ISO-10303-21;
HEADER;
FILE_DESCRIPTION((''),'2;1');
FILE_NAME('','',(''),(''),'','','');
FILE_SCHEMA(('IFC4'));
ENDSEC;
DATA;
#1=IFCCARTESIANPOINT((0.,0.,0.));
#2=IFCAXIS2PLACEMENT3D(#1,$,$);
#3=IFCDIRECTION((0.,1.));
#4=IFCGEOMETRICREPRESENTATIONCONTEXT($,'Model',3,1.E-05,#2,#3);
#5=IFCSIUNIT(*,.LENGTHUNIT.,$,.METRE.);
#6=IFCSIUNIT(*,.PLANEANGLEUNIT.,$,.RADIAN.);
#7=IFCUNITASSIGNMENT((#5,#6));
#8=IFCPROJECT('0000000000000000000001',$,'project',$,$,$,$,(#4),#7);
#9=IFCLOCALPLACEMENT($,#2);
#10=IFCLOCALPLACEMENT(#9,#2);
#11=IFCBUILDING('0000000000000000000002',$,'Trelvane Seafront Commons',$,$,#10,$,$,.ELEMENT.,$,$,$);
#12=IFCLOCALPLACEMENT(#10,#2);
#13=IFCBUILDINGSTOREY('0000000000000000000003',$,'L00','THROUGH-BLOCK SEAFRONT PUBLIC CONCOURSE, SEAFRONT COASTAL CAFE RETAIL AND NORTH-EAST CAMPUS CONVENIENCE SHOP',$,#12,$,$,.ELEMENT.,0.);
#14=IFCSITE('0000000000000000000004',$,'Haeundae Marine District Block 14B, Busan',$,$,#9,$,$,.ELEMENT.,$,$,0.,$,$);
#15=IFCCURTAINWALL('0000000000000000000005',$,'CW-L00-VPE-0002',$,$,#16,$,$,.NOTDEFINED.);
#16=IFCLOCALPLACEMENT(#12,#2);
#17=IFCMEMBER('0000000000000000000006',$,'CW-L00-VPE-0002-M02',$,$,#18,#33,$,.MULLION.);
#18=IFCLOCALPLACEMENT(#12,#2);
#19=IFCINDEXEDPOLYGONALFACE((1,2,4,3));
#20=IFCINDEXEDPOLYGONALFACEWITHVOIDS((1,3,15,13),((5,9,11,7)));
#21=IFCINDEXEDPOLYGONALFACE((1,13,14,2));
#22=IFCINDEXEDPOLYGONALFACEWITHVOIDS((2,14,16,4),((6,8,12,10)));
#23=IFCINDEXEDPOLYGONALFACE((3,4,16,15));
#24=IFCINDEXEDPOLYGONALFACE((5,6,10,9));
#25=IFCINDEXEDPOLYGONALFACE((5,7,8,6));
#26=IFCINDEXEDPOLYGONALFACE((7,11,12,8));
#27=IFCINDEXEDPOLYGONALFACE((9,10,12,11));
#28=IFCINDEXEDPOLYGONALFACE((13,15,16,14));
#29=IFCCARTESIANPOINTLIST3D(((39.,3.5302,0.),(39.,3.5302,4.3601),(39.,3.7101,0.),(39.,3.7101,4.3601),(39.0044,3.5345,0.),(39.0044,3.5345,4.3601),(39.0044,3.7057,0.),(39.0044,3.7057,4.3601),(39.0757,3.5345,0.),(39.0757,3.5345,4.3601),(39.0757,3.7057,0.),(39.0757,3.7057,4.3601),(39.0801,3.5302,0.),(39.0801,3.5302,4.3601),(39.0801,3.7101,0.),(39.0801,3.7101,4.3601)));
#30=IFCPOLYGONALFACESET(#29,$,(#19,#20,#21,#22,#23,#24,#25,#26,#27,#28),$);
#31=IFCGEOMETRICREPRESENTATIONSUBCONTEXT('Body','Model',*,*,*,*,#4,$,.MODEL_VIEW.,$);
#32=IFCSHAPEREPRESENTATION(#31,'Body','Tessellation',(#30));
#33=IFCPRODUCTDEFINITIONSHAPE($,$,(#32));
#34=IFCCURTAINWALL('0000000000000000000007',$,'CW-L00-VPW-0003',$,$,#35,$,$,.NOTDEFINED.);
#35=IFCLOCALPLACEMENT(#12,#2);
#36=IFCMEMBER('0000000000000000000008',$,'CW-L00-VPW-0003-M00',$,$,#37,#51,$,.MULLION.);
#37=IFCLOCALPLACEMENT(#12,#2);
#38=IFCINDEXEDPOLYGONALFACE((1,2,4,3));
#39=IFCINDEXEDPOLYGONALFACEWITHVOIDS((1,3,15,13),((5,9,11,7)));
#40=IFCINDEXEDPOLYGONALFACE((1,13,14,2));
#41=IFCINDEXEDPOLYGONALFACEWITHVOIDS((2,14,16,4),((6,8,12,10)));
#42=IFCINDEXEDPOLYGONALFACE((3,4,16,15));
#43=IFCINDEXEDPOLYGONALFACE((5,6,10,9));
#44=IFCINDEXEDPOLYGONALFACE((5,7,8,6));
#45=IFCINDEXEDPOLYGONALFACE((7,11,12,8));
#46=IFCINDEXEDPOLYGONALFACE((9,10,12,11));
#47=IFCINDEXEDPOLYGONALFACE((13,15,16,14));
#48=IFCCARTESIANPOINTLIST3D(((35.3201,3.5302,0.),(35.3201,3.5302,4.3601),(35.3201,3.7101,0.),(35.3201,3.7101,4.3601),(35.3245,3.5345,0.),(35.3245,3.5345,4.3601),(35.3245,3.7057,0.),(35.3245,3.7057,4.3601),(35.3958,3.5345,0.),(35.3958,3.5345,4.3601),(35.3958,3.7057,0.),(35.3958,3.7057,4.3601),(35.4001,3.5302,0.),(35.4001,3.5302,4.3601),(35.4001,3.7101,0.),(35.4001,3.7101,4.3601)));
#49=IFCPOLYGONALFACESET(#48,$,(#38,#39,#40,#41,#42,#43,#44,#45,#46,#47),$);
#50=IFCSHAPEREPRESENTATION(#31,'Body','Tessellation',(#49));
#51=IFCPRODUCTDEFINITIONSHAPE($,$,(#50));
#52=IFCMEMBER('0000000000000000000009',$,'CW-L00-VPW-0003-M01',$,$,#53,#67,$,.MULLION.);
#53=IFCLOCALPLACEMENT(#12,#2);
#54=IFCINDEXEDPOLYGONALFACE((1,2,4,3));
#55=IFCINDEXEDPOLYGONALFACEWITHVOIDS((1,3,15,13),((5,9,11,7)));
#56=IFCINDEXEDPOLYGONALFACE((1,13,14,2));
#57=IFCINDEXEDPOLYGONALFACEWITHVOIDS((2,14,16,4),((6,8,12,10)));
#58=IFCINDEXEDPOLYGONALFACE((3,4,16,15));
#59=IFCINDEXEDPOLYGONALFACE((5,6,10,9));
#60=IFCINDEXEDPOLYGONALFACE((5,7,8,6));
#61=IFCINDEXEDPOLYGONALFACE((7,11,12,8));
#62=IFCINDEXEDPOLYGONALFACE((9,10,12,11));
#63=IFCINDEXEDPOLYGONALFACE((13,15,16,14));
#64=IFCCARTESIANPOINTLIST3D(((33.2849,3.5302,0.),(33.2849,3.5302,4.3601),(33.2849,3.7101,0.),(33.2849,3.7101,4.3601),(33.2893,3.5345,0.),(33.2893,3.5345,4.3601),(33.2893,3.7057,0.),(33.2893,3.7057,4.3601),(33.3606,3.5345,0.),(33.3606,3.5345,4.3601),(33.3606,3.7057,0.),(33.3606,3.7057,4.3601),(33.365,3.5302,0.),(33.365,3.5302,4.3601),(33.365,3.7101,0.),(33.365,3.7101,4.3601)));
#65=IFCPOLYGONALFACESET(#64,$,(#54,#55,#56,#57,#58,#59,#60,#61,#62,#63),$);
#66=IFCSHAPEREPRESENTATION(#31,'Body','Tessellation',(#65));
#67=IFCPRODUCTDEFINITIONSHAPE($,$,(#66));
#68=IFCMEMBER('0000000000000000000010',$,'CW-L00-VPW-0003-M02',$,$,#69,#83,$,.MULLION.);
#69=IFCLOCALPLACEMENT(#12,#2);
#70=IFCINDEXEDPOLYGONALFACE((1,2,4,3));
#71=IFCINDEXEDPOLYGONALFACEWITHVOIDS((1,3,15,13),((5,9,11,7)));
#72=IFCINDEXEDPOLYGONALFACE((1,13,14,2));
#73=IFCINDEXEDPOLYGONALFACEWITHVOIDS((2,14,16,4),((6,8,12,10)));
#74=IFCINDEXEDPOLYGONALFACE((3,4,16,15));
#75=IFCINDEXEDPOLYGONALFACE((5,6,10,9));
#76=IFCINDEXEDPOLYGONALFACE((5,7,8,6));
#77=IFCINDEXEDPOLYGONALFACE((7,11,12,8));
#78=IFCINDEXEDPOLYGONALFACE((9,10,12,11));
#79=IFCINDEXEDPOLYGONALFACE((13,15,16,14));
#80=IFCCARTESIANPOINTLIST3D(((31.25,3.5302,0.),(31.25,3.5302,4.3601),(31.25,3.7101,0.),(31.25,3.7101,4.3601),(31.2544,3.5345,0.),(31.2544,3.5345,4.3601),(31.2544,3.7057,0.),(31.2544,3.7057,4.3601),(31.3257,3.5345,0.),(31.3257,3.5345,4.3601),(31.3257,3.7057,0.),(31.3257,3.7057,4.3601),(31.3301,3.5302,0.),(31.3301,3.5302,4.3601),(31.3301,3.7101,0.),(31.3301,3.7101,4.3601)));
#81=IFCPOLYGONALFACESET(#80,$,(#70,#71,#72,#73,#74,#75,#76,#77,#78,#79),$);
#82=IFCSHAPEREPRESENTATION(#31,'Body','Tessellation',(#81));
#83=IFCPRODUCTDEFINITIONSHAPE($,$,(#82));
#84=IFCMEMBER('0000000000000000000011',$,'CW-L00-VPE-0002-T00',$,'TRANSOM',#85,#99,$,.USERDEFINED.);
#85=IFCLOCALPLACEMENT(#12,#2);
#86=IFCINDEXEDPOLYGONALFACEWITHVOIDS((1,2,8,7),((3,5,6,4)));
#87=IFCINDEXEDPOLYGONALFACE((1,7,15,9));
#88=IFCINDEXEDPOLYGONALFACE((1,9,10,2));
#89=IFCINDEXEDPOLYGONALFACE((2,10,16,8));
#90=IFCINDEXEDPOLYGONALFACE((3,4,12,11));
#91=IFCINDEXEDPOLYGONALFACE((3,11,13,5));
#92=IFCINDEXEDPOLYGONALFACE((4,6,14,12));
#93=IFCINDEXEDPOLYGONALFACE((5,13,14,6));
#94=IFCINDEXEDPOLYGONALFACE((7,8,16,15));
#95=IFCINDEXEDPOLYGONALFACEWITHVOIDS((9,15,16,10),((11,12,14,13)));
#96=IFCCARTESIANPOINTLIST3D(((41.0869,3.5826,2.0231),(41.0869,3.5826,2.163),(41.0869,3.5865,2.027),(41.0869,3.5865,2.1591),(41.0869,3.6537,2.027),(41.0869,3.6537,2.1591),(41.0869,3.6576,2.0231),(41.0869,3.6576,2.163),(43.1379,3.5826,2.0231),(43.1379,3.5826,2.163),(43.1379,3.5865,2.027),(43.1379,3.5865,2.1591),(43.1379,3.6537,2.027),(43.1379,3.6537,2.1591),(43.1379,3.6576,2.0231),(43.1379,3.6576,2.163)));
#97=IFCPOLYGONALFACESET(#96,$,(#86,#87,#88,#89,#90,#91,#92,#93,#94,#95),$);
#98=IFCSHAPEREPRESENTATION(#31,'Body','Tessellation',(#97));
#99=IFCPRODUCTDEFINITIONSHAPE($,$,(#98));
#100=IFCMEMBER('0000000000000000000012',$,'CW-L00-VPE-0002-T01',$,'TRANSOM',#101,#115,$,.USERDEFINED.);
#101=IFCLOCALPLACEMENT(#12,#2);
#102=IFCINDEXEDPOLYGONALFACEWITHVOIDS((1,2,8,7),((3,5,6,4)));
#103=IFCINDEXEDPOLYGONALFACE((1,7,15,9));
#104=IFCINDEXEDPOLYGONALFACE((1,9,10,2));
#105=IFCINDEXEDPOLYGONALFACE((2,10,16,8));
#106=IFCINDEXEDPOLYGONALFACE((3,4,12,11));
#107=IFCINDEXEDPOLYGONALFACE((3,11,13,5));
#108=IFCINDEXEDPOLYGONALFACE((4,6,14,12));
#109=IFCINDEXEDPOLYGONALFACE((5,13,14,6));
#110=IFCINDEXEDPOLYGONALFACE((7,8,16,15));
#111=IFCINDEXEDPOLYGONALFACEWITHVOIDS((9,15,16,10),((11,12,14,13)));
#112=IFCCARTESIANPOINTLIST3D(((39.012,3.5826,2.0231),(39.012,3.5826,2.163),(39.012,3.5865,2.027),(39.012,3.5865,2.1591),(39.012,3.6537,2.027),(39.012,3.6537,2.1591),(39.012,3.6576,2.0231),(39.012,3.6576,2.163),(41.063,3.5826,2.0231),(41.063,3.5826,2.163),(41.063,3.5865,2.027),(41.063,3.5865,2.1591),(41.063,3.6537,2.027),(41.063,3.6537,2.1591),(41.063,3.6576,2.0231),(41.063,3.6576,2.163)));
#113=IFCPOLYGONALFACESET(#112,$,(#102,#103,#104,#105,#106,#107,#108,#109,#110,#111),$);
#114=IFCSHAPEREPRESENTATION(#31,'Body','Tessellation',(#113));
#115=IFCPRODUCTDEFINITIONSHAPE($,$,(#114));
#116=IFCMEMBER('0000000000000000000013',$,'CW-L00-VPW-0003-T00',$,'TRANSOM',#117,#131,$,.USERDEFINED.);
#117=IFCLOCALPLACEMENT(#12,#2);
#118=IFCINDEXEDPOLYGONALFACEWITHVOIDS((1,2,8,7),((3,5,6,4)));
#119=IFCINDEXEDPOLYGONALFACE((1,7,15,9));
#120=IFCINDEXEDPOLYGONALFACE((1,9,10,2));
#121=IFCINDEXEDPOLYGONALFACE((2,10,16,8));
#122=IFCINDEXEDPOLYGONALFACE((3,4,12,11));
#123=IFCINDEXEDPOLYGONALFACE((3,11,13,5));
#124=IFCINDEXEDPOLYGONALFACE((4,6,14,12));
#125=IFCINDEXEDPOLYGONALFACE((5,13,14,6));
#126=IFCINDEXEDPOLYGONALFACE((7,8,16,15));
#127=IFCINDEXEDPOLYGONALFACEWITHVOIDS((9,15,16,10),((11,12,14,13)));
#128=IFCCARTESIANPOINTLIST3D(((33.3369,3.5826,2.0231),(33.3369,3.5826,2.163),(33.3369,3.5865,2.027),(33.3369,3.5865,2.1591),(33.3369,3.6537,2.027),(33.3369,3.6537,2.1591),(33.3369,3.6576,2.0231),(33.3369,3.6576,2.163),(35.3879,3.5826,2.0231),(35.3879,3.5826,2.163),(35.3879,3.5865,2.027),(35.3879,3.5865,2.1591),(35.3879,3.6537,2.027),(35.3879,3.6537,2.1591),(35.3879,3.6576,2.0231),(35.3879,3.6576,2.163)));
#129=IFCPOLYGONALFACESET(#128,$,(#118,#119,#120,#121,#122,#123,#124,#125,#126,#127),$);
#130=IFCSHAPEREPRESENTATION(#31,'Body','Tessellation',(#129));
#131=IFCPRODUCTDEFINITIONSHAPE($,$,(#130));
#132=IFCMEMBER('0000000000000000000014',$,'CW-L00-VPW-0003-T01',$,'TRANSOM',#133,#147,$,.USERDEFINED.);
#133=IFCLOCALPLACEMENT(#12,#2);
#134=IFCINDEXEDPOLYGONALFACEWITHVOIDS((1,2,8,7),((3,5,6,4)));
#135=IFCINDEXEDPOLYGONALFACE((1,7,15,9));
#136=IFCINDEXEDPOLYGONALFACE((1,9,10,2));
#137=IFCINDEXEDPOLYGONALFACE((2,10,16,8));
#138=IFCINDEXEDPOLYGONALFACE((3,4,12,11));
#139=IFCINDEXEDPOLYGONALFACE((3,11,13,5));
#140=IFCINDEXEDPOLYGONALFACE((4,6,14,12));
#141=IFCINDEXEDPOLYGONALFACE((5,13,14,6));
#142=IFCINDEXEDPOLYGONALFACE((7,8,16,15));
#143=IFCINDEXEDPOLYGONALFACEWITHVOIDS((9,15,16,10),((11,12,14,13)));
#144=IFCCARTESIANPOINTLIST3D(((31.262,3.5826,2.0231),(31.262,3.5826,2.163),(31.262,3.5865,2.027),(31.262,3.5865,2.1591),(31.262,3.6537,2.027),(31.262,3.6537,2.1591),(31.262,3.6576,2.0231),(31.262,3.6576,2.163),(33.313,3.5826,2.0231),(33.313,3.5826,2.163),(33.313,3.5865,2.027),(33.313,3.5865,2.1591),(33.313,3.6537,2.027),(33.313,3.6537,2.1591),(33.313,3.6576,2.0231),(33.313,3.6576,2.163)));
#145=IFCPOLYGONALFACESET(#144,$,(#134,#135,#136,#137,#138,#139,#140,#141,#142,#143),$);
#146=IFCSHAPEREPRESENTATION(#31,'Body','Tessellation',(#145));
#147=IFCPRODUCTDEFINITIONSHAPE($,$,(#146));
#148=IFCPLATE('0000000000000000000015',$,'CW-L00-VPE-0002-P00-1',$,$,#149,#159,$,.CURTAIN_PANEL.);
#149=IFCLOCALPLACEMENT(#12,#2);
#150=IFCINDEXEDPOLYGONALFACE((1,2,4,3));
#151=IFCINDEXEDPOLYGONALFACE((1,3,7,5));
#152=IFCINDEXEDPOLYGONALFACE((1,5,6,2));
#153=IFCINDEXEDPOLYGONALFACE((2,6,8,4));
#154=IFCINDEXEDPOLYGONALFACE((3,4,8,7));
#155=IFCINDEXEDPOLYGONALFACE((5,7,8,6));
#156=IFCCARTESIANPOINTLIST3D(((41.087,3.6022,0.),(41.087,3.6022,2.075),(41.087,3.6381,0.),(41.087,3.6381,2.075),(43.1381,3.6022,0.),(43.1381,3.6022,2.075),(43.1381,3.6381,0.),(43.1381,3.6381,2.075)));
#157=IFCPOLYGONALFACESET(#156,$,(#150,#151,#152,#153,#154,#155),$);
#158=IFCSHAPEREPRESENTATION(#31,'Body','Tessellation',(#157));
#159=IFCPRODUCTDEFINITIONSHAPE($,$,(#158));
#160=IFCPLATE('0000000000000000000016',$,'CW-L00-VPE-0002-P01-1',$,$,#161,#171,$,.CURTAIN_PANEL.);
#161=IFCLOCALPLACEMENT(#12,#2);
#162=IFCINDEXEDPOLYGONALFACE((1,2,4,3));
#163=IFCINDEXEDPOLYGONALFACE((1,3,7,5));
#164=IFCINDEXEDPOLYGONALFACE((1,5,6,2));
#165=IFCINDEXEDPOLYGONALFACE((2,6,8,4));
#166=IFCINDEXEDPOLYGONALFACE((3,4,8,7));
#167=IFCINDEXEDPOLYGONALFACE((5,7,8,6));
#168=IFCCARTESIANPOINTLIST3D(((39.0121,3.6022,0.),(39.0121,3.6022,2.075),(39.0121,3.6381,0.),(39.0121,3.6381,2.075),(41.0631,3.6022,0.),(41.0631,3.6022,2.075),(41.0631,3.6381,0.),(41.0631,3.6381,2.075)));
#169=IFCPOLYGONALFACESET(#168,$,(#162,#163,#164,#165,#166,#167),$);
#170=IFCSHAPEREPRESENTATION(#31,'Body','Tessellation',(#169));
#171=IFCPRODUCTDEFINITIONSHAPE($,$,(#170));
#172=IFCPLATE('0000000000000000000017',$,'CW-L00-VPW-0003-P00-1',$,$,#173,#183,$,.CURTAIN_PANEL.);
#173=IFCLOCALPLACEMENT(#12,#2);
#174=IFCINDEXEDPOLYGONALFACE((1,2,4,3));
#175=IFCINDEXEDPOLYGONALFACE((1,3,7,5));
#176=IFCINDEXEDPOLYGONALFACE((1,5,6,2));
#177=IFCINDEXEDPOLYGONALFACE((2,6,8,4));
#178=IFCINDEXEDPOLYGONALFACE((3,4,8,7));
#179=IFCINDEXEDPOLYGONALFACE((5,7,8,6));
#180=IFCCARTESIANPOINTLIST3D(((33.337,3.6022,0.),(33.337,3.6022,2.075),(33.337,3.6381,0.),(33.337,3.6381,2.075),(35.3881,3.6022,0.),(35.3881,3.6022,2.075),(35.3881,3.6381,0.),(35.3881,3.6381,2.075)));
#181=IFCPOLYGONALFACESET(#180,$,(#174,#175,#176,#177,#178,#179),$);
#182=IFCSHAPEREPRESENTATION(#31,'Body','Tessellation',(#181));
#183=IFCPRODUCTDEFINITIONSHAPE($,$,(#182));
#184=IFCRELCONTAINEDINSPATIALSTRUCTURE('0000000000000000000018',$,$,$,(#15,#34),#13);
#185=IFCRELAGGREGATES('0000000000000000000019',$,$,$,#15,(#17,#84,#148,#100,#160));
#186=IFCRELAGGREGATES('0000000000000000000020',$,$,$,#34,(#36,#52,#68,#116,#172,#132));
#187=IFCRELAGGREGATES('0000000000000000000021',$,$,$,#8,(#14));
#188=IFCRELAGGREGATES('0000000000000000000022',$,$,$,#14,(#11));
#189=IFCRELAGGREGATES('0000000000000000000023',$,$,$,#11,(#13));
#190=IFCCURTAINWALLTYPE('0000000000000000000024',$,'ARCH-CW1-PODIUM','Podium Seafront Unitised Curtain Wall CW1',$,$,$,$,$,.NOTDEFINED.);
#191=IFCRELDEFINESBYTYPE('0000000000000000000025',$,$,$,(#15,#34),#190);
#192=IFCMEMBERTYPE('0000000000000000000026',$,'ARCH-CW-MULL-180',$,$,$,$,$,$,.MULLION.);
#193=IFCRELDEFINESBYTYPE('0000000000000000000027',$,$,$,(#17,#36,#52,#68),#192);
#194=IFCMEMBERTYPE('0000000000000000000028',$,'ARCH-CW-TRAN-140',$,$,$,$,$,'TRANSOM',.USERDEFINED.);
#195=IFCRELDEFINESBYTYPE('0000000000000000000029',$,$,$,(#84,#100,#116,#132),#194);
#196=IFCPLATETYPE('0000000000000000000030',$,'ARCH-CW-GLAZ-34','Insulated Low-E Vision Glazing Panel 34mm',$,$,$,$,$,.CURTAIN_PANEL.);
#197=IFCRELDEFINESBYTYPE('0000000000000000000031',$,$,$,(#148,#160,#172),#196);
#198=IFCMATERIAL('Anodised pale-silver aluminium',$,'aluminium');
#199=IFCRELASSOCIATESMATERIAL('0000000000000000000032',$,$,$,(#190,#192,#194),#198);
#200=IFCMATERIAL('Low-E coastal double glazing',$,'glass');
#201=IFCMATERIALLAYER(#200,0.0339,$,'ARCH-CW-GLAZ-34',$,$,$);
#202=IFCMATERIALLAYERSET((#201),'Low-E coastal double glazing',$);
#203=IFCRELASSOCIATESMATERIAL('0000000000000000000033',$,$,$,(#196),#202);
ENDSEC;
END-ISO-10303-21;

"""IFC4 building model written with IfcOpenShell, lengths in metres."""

from ifc_helpers import new_model, si_unit, direction, frame, origin, origin_2d, place, context, subcontext, project, spatial, rectangle, hollow_rectangle, extrude, source, transform, mapped, material, layer, layer_set, material_profile, profile_set, type_object, element, aggregate, save


model = new_model("IFC4")

# Units and contexts
model_context = context("Model", 3, precision=1e-05, world=origin(), true_north=direction((0.0, 1.0)))
body_context = subcontext(model_context, "Body", "Model", "MODEL_VIEW")
ifc_project = project(units=[si_unit("LENGTHUNIT", "METRE"), si_unit("PLANEANGLEUNIT", "RADIAN")], contexts=[model_context])

# Site, building, storey
site_placement = place(None, origin())
site = spatial("IfcSite", under=ifc_project, at=site_placement, Name="Haeundae Marine District Block 14B, Busan", CompositionType="ELEMENT", RefElevation=0.0)
building_placement = place(site_placement, origin())
building = spatial("IfcBuilding", under=site, at=building_placement, Name="Trelvane Seafront Commons", CompositionType="ELEMENT")
storey_placement = place(building_placement, origin())
storey = spatial("IfcBuildingStorey", under=building, at=storey_placement, Name="L00", Description="THROUGH-BLOCK SEAFRONT PUBLIC CONCOURSE, SEAFRONT COASTAL CAFE RETAIL AND NORTH-EAST CAMPUS CONVENIENCE SHOP", CompositionType="ELEMENT", Elevation=0.0)

# Curtain walls, members
ifc_material_1 = material(Name="Anodised pale-silver aluminium", Category="aluminium")
curtain_wall_type = type_object("IfcCurtainWallType", Name="ARCH-CW1-PODIUM", Description="Podium Seafront Unitised Curtain Wall CW1", PredefinedType="NOTDEFINED", material=ifc_material_1)
curtain_wall_1_placement = place(storey_placement, origin())
curtain_wall_1 = element("IfcCurtainWall", 1, at=curtain_wall_1_placement, inside=storey, type_object=curtain_wall_type, Name="CW-L00-VPE-0002", PredefinedType="NOTDEFINED")
ifc_material_profile_1 = material_profile(ifc_material_1, hollow_rectangle(XDim=0.0801, YDim=0.1799, WallThickness=0.0044, at=origin_2d()), Name="MULL-80x180x4.5")
ifc_profile_set_1 = profile_set([ifc_material_profile_1], Name="Anodised pale-silver aluminium")
member_type_1 = type_object("IfcMemberType", Name="ARCH-CW-MULL-180", PredefinedType="MULLION", material=ifc_profile_set_1)
shared_shape_1 = source(origin(), body_context, "Body", "SweptSolid", [
    extrude(hollow_rectangle(XDim=0.0801, YDim=0.1799, WallThickness=0.0044, at=origin_2d()), origin(), (0.0, 0.0, 1.0), 4.3601),
])
member_1_placement = place(storey_placement, frame((39.04, 3.6201, 0.0), z_axis=(0.0, 0.0, 1.0), x_axis=(1.0, 0.0, 0.0)))
member_1 = element("IfcMember", 2, at=member_1_placement, type_object=member_type_1, Name="CW-L00-VPE-0002-M02", PredefinedType="MULLION", context=body_context, shape_type="MappedRepresentation", body=[
    mapped(shared_shape_1, transform((0.0, 0.0, 0.0), x_axis=(1.0, 0.0, 0.0), y_axis=(0.0, 1.0, 0.0), z_axis=(0.0, 0.0, 1.0), scale=1.0)),
])
curtain_wall_2_placement = place(storey_placement, origin())
curtain_wall_2 = element("IfcCurtainWall", 3, at=curtain_wall_2_placement, inside=storey, type_object=curtain_wall_type, Name="CW-L00-VPW-0003", PredefinedType="NOTDEFINED")
member_2_placement = place(storey_placement, frame((35.3601, 3.6201, 0.0), z_axis=(0.0, 0.0, 1.0), x_axis=(1.0, 0.0, 0.0)))
member_2 = element("IfcMember", 4, at=member_2_placement, type_object=member_type_1, Name="CW-L00-VPW-0003-M00", PredefinedType="MULLION", context=body_context, shape_type="MappedRepresentation", body=[
    mapped(shared_shape_1, transform((0.0, 0.0, 0.0), x_axis=(1.0, 0.0, 0.0), y_axis=(0.0, 1.0, 0.0), z_axis=(0.0, 0.0, 1.0), scale=1.0)),
])
member_3_placement = place(storey_placement, frame((33.325, 3.6201, 0.0), z_axis=(0.0, 0.0, 1.0), x_axis=(1.0, 0.0, 0.0)))
member_3 = element("IfcMember", 5, at=member_3_placement, type_object=member_type_1, Name="CW-L00-VPW-0003-M01", PredefinedType="MULLION", context=body_context, shape_type="MappedRepresentation", body=[
    mapped(shared_shape_1, transform((0.0, 0.0, 0.0), x_axis=(1.0, 0.0, 0.0), y_axis=(0.0, 1.0, 0.0), z_axis=(0.0, 0.0, 1.0), scale=1.0)),
])
member_4_placement = place(storey_placement, frame((31.29, 3.6201, 0.0), z_axis=(0.0, 0.0, 1.0), x_axis=(1.0, 0.0, 0.0)))
member_4 = element("IfcMember", 6, at=member_4_placement, type_object=member_type_1, Name="CW-L00-VPW-0003-M02", PredefinedType="MULLION", context=body_context, shape_type="MappedRepresentation", body=[
    mapped(shared_shape_1, transform((0.0, 0.0, 0.0), x_axis=(1.0, 0.0, 0.0), y_axis=(0.0, 1.0, 0.0), z_axis=(0.0, 0.0, 1.0), scale=1.0)),
])

# Members
ifc_material_profile_2 = material_profile(ifc_material_1, hollow_rectangle(XDim=0.075, YDim=0.1399, WallThickness=0.0039, at=origin_2d()), Name="TRAN-75x140x4")
ifc_profile_set_2 = profile_set([ifc_material_profile_2], Name="Anodised pale-silver aluminium")
member_type_2 = type_object("IfcMemberType", Name="ARCH-CW-TRAN-140", ElementType="TRANSOM", PredefinedType="USERDEFINED", material=ifc_profile_set_2)
shared_shape_2 = source(origin(), body_context, "Body", "SweptSolid", [
    extrude(hollow_rectangle(XDim=0.075, YDim=0.1399, WallThickness=0.0039, at=origin_2d()), origin(), (0.0, 0.0, 1.0), 2.051),
])
member_5_placement = place(storey_placement, frame((43.1379, 3.6201, 2.093), z_axis=(-1.0, 0.0, 0.0), x_axis=(0.0, -1.0, 0.0)))
member_5 = element("IfcMember", 7, at=member_5_placement, type_object=member_type_2, Name="CW-L00-VPE-0002-T00", ObjectType="TRANSOM", PredefinedType="USERDEFINED", context=body_context, shape_type="MappedRepresentation", body=[
    mapped(shared_shape_2, transform((0.0, 0.0, 0.0), x_axis=(1.0, 0.0, 0.0), y_axis=(0.0, 1.0, 0.0), z_axis=(0.0, 0.0, 1.0), scale=1.0)),
])
member_6_placement = place(storey_placement, frame((41.063, 3.6201, 2.093), z_axis=(-1.0, 0.0, 0.0), x_axis=(0.0, -1.0, 0.0)))
member_6 = element("IfcMember", 8, at=member_6_placement, type_object=member_type_2, Name="CW-L00-VPE-0002-T01", ObjectType="TRANSOM", PredefinedType="USERDEFINED", context=body_context, shape_type="MappedRepresentation", body=[
    mapped(shared_shape_2, transform((0.0, 0.0, 0.0), x_axis=(1.0, 0.0, 0.0), y_axis=(0.0, 1.0, 0.0), z_axis=(0.0, 0.0, 1.0), scale=1.0)),
])
member_7_placement = place(storey_placement, frame((35.3879, 3.6201, 2.093), z_axis=(-1.0, 0.0, 0.0), x_axis=(0.0, -1.0, 0.0)))
member_7 = element("IfcMember", 9, at=member_7_placement, type_object=member_type_2, Name="CW-L00-VPW-0003-T00", ObjectType="TRANSOM", PredefinedType="USERDEFINED", context=body_context, shape_type="MappedRepresentation", body=[
    mapped(shared_shape_2, transform((0.0, 0.0, 0.0), x_axis=(1.0, 0.0, 0.0), y_axis=(0.0, 1.0, 0.0), z_axis=(0.0, 0.0, 1.0), scale=1.0)),
])
member_8_placement = place(storey_placement, frame((33.313, 3.6201, 2.093), z_axis=(-1.0, 0.0, 0.0), x_axis=(0.0, -1.0, 0.0)))
member_8 = element("IfcMember", 10, at=member_8_placement, type_object=member_type_2, Name="CW-L00-VPW-0003-T01", ObjectType="TRANSOM", PredefinedType="USERDEFINED", context=body_context, shape_type="MappedRepresentation", body=[
    mapped(shared_shape_2, transform((0.0, 0.0, 0.0), x_axis=(1.0, 0.0, 0.0), y_axis=(0.0, 1.0, 0.0), z_axis=(0.0, 0.0, 1.0), scale=1.0)),
])

# Plates
ifc_material_2 = material(Name="Low-E coastal double glazing", Category="glass")
ifc_layer_1 = layer(ifc_material_2, 0.0339, Name="ARCH-CW-GLAZ-34")
ifc_layer_set_1 = layer_set([ifc_layer_1], Name="Low-E coastal double glazing")
plate_type_1 = type_object("IfcPlateType", Name="ARCH-CW-GLAZ-34", Description="Insulated Low-E Vision Glazing Panel 34mm", PredefinedType="CURTAIN_PANEL", material=ifc_layer_set_1)
shared_shape_3 = source(origin(), body_context, "Body", "SweptSolid", [
    extrude(rectangle(XDim=2.051, YDim=0.0359, at=origin_2d()), origin(), (0.0, 0.0, 1.0), 2.075),
])
plate_1_placement = place(storey_placement, frame((42.1125, 3.6201, 0.0), z_axis=(0.0, 0.0, 1.0), x_axis=(-1.0, 0.0, 0.0)))
plate_1 = element("IfcPlate", 11, at=plate_1_placement, type_object=plate_type_1, Name="CW-L00-VPE-0002-P00-1", PredefinedType="CURTAIN_PANEL", context=body_context, shape_type="MappedRepresentation", body=[
    mapped(shared_shape_3, transform((0.0, 0.0, 0.0), x_axis=(1.0, 0.0, 0.0), y_axis=(0.0, 1.0, 0.0), z_axis=(0.0, 0.0, 1.0), scale=1.0)),
])
plate_2_placement = place(storey_placement, frame((40.0376, 3.6201, 0.0), z_axis=(0.0, 0.0, 1.0), x_axis=(-1.0, 0.0, 0.0)))
plate_2 = element("IfcPlate", 12, at=plate_2_placement, type_object=plate_type_1, Name="CW-L00-VPE-0002-P01-1", PredefinedType="CURTAIN_PANEL", context=body_context, shape_type="MappedRepresentation", body=[
    mapped(shared_shape_3, transform((0.0, 0.0, 0.0), x_axis=(1.0, 0.0, 0.0), y_axis=(0.0, 1.0, 0.0), z_axis=(0.0, 0.0, 1.0), scale=1.0)),
])
plate_3_placement = place(storey_placement, frame((34.3625, 3.6201, 0.0), z_axis=(0.0, 0.0, 1.0), x_axis=(-1.0, 0.0, 0.0)))
plate_3 = element("IfcPlate", 13, at=plate_3_placement, type_object=plate_type_1, Name="CW-L00-VPW-0003-P00-1", PredefinedType="CURTAIN_PANEL", context=body_context, shape_type="MappedRepresentation", body=[
    mapped(shared_shape_3, transform((0.0, 0.0, 0.0), x_axis=(1.0, 0.0, 0.0), y_axis=(0.0, 1.0, 0.0), z_axis=(0.0, 0.0, 1.0), scale=1.0)),
])
aggregate(curtain_wall_1, [member_1, member_5, plate_1, member_6, plate_2])
aggregate(curtain_wall_2, [member_2, member_3, member_4, member_7, plate_3, member_8])

save(model, "model.ifc")
